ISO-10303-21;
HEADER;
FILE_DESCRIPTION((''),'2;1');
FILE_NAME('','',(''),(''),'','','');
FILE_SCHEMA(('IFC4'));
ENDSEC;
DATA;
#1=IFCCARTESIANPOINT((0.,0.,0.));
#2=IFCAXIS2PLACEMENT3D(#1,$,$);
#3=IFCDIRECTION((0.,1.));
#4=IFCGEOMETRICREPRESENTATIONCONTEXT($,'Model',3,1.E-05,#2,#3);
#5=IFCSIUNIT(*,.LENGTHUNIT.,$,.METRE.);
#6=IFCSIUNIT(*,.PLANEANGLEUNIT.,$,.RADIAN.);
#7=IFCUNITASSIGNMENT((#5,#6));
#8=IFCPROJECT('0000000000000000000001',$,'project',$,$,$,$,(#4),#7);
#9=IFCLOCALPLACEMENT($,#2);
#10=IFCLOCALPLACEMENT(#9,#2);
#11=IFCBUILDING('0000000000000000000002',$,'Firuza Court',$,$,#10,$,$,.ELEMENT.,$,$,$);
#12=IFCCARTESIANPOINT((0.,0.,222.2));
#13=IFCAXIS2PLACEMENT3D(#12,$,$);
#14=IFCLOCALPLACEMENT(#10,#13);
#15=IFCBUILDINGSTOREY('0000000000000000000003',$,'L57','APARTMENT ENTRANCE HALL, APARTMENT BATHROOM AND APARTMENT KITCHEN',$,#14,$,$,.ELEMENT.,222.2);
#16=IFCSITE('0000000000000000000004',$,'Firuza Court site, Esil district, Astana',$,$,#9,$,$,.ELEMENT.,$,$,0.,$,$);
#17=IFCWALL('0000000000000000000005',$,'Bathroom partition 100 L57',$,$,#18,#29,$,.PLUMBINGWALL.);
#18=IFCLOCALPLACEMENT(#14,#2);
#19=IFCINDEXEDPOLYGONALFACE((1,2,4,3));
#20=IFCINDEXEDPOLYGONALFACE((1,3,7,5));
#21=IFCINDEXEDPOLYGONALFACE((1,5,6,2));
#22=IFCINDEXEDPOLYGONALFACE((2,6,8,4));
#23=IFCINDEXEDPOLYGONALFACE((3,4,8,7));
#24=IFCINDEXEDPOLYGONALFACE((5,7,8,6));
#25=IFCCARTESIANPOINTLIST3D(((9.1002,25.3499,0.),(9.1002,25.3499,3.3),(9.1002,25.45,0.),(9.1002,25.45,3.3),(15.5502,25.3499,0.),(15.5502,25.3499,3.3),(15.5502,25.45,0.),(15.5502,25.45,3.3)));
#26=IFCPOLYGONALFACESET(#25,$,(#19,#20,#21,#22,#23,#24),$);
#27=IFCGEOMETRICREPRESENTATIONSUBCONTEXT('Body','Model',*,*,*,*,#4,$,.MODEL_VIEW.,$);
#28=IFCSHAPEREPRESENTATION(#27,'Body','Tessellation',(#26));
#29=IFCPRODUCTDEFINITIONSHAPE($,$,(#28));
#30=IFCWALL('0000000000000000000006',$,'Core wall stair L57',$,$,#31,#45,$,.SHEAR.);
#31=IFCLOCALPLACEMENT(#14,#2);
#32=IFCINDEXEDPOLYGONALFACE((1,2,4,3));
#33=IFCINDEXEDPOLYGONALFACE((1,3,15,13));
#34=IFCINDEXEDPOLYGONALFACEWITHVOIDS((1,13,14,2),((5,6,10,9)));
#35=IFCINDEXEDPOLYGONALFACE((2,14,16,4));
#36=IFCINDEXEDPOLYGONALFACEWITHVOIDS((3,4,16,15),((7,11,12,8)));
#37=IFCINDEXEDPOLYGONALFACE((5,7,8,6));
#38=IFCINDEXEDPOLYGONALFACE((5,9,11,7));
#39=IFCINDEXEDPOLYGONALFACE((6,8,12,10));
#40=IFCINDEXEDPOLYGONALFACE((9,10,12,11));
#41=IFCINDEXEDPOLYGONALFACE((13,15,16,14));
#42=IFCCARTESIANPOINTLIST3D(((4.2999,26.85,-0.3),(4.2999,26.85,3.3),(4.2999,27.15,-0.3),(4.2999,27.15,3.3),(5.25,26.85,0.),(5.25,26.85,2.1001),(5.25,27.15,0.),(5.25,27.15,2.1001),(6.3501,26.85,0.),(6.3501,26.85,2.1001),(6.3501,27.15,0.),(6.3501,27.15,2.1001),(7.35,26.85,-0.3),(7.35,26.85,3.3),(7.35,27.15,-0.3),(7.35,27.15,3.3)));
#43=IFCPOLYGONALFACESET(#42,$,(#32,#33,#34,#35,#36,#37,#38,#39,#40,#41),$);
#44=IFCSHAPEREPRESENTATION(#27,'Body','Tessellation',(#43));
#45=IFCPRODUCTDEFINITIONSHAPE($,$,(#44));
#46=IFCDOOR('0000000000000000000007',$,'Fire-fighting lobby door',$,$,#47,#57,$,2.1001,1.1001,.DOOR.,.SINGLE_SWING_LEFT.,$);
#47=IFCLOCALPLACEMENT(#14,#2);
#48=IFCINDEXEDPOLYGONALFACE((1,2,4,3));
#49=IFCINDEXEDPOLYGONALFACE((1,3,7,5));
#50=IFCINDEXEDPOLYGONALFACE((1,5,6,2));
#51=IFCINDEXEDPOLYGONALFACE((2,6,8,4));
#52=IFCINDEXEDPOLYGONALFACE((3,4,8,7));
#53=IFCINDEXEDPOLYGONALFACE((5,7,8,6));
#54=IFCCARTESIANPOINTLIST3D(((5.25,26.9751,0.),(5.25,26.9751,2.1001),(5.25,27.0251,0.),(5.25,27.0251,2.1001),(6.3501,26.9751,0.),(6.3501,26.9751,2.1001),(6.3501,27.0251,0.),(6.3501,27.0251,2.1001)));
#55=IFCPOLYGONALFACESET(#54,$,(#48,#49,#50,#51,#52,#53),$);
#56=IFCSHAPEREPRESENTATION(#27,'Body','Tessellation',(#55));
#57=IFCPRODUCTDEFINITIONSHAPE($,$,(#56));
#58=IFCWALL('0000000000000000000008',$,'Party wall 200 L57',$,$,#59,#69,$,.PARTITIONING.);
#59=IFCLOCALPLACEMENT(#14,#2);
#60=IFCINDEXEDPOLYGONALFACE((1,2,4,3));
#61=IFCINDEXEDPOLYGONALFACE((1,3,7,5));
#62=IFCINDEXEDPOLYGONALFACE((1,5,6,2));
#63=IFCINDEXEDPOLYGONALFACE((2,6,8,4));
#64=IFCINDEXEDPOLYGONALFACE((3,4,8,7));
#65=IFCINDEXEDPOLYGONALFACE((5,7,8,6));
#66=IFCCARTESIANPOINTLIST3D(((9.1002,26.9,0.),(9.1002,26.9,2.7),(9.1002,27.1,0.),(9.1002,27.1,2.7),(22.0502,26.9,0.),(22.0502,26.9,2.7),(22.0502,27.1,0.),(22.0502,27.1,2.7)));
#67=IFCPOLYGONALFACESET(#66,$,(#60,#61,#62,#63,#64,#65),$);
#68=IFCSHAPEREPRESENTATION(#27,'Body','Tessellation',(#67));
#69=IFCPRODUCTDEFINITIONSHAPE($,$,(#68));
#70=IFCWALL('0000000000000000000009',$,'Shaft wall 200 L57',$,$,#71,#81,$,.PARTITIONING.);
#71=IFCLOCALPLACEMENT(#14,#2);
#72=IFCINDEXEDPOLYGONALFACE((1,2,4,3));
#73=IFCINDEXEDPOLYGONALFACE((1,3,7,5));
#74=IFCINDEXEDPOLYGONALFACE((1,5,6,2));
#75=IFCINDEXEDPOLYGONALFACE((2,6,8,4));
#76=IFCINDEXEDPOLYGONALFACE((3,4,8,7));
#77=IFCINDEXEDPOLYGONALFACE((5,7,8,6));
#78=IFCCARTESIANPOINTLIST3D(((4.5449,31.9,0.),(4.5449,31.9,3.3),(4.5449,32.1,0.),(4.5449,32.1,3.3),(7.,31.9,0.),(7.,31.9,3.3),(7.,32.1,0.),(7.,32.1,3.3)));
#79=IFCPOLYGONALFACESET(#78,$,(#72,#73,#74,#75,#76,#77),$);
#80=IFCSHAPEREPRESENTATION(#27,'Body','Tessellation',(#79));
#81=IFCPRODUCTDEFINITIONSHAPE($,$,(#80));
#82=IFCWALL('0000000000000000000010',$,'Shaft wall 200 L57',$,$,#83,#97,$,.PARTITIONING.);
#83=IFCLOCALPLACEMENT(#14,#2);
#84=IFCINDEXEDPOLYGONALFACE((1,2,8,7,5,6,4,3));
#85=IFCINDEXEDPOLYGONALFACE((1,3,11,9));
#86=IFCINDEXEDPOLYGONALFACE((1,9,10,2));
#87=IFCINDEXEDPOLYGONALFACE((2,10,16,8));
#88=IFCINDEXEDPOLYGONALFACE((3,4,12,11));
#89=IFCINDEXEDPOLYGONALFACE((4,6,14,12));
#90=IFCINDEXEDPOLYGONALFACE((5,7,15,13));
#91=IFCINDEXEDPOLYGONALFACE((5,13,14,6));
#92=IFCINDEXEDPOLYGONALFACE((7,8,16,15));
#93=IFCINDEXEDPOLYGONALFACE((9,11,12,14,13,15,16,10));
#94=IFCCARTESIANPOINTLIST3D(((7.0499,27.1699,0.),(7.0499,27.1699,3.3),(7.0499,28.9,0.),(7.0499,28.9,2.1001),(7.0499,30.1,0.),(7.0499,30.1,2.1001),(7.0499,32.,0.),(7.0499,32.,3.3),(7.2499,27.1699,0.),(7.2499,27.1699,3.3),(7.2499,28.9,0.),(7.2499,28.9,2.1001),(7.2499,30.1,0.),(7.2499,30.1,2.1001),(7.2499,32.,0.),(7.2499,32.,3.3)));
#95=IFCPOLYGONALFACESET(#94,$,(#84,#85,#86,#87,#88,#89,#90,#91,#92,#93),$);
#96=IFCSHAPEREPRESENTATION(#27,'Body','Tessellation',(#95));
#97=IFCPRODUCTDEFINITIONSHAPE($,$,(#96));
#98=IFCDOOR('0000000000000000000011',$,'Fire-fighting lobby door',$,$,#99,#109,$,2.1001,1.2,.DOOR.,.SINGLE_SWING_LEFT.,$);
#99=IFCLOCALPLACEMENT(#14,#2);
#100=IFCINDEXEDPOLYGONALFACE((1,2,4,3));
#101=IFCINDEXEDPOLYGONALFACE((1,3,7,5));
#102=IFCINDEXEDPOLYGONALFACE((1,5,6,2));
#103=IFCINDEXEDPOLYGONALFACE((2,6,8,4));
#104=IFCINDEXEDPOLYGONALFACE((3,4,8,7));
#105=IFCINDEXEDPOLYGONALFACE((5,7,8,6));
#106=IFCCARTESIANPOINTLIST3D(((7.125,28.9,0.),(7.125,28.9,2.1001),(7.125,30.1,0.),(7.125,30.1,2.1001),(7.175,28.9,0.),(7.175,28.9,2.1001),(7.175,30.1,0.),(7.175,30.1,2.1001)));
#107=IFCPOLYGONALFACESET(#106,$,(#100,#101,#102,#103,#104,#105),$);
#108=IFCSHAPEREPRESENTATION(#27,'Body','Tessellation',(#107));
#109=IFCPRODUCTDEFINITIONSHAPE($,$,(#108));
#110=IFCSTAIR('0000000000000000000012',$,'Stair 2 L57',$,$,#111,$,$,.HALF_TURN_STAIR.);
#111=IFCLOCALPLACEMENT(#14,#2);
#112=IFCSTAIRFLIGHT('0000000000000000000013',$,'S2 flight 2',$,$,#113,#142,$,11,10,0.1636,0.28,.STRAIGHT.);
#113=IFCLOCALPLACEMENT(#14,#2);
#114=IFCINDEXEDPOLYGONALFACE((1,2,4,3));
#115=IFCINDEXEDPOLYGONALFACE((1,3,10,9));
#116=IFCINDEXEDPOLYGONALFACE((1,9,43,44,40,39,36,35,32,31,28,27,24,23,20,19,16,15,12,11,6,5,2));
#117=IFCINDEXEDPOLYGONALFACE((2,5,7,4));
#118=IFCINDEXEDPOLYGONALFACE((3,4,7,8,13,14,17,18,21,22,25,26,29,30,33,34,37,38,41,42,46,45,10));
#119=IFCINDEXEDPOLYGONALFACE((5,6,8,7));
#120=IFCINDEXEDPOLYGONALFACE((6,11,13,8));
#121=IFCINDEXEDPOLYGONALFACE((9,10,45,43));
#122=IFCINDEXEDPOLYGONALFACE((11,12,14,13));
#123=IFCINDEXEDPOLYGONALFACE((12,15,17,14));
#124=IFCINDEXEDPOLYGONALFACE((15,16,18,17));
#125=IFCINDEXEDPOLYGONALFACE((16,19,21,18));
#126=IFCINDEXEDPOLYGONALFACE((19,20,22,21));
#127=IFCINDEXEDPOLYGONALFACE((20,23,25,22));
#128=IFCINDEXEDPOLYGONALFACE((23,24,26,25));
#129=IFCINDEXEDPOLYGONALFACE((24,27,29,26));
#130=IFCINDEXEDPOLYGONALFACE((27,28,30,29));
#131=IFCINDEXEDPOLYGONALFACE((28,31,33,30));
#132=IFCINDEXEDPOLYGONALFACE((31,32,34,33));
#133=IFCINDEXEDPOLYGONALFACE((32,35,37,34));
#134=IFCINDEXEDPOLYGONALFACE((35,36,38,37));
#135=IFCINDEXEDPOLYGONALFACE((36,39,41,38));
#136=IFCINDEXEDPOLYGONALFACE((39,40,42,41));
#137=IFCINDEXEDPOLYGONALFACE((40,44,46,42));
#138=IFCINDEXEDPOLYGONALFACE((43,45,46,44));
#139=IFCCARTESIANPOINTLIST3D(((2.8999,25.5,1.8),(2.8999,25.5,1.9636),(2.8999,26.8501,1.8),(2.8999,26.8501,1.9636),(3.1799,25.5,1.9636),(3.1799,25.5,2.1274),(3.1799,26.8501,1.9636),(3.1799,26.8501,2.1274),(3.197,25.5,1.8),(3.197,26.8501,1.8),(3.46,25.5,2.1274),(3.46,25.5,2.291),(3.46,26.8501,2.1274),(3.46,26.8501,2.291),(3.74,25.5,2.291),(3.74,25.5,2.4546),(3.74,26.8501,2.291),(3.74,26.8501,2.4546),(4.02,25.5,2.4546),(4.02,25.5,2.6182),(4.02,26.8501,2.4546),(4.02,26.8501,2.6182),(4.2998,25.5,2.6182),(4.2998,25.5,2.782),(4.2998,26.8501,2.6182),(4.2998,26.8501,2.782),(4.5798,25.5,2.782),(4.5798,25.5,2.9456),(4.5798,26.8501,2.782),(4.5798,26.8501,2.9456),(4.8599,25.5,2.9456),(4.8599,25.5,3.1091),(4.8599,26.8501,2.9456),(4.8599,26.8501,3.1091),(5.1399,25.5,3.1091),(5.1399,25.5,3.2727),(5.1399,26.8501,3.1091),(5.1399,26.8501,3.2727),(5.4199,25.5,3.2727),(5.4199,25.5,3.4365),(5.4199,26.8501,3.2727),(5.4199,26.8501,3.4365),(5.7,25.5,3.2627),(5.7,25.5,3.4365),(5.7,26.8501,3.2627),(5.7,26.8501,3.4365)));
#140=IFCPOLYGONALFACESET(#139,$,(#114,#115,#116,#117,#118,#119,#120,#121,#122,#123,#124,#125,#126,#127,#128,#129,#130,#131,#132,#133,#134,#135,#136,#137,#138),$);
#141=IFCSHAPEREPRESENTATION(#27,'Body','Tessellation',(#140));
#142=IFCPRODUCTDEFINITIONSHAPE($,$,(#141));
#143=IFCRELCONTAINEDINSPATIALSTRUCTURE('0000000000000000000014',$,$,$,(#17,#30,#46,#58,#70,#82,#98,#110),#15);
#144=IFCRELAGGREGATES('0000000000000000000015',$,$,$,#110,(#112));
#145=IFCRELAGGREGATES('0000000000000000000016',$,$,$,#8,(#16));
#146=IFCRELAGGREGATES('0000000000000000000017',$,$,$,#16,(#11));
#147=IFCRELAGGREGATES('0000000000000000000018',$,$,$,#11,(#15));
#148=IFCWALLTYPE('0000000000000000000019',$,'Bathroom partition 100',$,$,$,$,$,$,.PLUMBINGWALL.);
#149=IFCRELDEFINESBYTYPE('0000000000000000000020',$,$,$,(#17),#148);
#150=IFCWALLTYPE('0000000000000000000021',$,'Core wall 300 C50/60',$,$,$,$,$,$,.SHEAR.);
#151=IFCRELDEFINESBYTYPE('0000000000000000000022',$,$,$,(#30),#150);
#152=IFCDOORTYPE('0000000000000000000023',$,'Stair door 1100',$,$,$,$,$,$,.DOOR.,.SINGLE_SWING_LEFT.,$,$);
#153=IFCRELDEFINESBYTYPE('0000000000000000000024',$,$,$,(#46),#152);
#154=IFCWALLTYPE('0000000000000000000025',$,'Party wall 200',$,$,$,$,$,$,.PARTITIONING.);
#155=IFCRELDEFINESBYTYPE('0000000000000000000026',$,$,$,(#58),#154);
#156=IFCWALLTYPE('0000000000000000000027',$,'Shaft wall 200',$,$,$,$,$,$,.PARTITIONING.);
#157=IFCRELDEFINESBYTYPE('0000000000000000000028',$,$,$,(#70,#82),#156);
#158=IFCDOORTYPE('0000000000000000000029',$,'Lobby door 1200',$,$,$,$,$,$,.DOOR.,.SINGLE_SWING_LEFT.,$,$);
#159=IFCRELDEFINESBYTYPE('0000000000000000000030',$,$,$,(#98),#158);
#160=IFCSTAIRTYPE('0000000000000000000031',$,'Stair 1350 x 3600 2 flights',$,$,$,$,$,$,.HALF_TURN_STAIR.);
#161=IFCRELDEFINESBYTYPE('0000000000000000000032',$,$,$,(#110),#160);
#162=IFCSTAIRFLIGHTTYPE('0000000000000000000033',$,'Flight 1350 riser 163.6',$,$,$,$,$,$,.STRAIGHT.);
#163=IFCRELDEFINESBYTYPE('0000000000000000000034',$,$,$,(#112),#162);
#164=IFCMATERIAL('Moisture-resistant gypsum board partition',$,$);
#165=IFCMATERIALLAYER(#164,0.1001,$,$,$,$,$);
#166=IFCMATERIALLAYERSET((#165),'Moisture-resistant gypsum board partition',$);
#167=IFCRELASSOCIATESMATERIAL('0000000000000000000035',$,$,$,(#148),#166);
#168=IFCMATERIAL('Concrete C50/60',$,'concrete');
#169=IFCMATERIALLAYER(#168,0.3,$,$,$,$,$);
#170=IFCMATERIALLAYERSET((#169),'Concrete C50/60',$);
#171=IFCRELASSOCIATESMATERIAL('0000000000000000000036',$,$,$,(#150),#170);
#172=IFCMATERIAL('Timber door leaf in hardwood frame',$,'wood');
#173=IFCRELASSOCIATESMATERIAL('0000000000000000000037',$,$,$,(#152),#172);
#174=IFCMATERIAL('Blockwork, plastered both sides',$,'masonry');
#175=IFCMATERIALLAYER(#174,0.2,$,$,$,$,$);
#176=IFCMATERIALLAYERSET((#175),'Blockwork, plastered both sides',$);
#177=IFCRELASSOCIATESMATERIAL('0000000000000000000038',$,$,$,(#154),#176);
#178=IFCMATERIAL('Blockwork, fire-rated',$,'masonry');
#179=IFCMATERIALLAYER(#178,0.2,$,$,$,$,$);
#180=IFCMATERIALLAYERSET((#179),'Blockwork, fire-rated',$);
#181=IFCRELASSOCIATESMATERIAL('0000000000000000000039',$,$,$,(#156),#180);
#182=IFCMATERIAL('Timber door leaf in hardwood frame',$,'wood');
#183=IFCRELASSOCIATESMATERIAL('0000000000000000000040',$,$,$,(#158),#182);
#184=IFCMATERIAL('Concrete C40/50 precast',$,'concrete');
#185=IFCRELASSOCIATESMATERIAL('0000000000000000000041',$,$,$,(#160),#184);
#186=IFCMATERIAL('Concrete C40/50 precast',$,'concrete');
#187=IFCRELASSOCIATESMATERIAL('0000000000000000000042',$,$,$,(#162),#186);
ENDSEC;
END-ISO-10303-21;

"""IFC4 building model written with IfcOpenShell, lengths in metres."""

from ifc_helpers import new_model, si_unit, direction, frame, frame_2d, origin, place, context, subcontext, project, spatial, polyline, rectangle, outline, extrude, material, layer, layer_set, type_object, element, fill, aggregate, save


model = new_model("IFC4")

# Units and contexts
model_context = context("Model", 3, precision=1e-05, world=origin(), true_north=direction((0.0, 1.0)))
body_context = subcontext(model_context, "Body", "Model", "MODEL_VIEW")
ifc_project = project(units=[si_unit("LENGTHUNIT", "METRE"), si_unit("PLANEANGLEUNIT", "RADIAN")], contexts=[model_context])

# Site, building, storey
site_placement = place(None, origin())
site = spatial("IfcSite", under=ifc_project, at=site_placement, Name="Firuza Court site, Esil district, Astana", CompositionType="ELEMENT", RefElevation=0.0)
building_placement = place(site_placement, origin())
building = spatial("IfcBuilding", under=site, at=building_placement, Name="Firuza Court", CompositionType="ELEMENT")
storey_placement = place(building_placement, frame((0.0, 0.0, 222.2)))
storey = spatial("IfcBuildingStorey", under=building, at=storey_placement, Name="L57", Description="APARTMENT ENTRANCE HALL, APARTMENT BATHROOM AND APARTMENT KITCHEN", CompositionType="ELEMENT", Elevation=222.2)

# Wall
ifc_material_1 = material(Name="Moisture-resistant gypsum board partition")
ifc_layer_1 = layer(ifc_material_1, 0.1001)
ifc_layer_set_1 = layer_set([ifc_layer_1], Name="Moisture-resistant gypsum board partition")
wall_type_1 = type_object("IfcWallType", Name="Bathroom partition 100", PredefinedType="PLUMBINGWALL", material=ifc_layer_set_1)
wall_1_placement = place(storey_placement, frame((9.1001, 25.3999, 0.0), z_axis=(0.0, 0.0, 1.0), x_axis=(1.0, 0.0, 0.0)))
element("IfcWall", 1, at=wall_1_placement, inside=storey, type_object=wall_type_1, Name="Bathroom partition 100 L57", PredefinedType="PLUMBINGWALL", context=body_context, shape_type="SweptSolid", body=[
    extrude(rectangle(XDim=6.45, YDim=0.1001, at=frame_2d((3.2251, 0.0))), origin(), (0.0, 0.0, 1.0), 3.3),
])

# Wall, opening, door
ifc_material_2 = material(Name="Concrete C50/60", Category="concrete")
ifc_layer_2 = layer(ifc_material_2, 0.3)
ifc_layer_set_2 = layer_set([ifc_layer_2], Name="Concrete C50/60")
wall_type_2 = type_object("IfcWallType", Name="Core wall 300 C50/60", PredefinedType="SHEAR", material=ifc_layer_set_2)
wall_2_placement = place(storey_placement, frame((4.3, 27.0, -0.3), z_axis=(0.0, 0.0, 1.0), x_axis=(1.0, 0.0, 0.0)))
wall_2 = element("IfcWall", 2, at=wall_2_placement, inside=storey, type_object=wall_type_2, Name="Core wall stair L57", PredefinedType="SHEAR", context=body_context, shape_type="SweptSolid", body=[
    extrude(rectangle(XDim=3.05, YDim=0.3, at=frame_2d((1.5249, 0.0))), origin(), (0.0, 0.0, 1.0), 3.6001),
])
opening_1_placement = place(wall_2_placement, frame((0.95, 0.0, 0.3)))
opening_1 = element("IfcOpeningElement", 3, at=opening_1_placement, cuts=wall_2, PredefinedType="OPENING", context=body_context, shape_type="SweptSolid", body=[
    extrude(rectangle(XDim=1.1001, YDim=2.1001, at=frame_2d((0.55, 1.05))), frame((0.0, 0.1621, 0.0), z_axis=(0.0, -1.0, 0.0), x_axis=(1.0, 0.0, 0.0)), (0.0, 0.0, 1.0), 0.324),
])
ifc_material_3 = material(Name="Timber door leaf in hardwood frame", Category="wood")
door_type_1 = type_object("IfcDoorType", Name="Stair door 1100", OperationType="SINGLE_SWING_LEFT", PredefinedType="DOOR", material=ifc_material_3)
door_1_placement = place(opening_1_placement, frame((1.1001, 0.0, 0.0), z_axis=(0.0, 0.0, 1.0), x_axis=(-1.0, 0.0, 0.0)))
door_1 = element("IfcDoor", 4, at=door_1_placement, inside=storey, type_object=door_type_1, Name="Fire-fighting lobby door", OperationType="SINGLE_SWING_LEFT", OverallHeight=2.1001, OverallWidth=1.1001, PredefinedType="DOOR", context=body_context, shape_type="SweptSolid", body=[
    extrude(rectangle(XDim=1.1001, YDim=2.1001, at=frame_2d((0.55, 1.05))), frame((0.0, 0.0249, 0.0), z_axis=(0.0, -1.0, 0.0), x_axis=(1.0, 0.0, 0.0)), (0.0, 0.0, 1.0), 0.05),
])
fill(opening_1, door_1)

# Walls
ifc_material_4 = material(Name="Blockwork, plastered both sides", Category="masonry")
ifc_layer_3 = layer(ifc_material_4, 0.2)
ifc_layer_set_3 = layer_set([ifc_layer_3], Name="Blockwork, plastered both sides")
wall_type_3 = type_object("IfcWallType", Name="Party wall 200", PredefinedType="PARTITIONING", material=ifc_layer_set_3)
wall_3_placement = place(storey_placement, frame((9.1001, 27.0, 0.0), z_axis=(0.0, 0.0, 1.0), x_axis=(1.0, 0.0, 0.0)))
element("IfcWall", 5, at=wall_3_placement, inside=storey, type_object=wall_type_3, Name="Party wall 200 L57", PredefinedType="PARTITIONING", context=body_context, shape_type="SweptSolid", body=[
    extrude(rectangle(XDim=12.95, YDim=0.2, at=frame_2d((6.4751, 0.0))), origin(), (0.0, 0.0, 1.0), 2.7),
])
ifc_material_5 = material(Name="Blockwork, fire-rated", Category="masonry")
ifc_layer_4 = layer(ifc_material_5, 0.2)
ifc_layer_set_4 = layer_set([ifc_layer_4], Name="Blockwork, fire-rated")
wall_type_4 = type_object("IfcWallType", Name="Shaft wall 200", PredefinedType="PARTITIONING", material=ifc_layer_set_4)
wall_4_placement = place(storey_placement, frame((4.5449, 32.0, 0.0), z_axis=(0.0, 0.0, 1.0), x_axis=(1.0, 0.0, 0.0)))
element("IfcWall", 6, at=wall_4_placement, inside=storey, type_object=wall_type_4, Name="Shaft wall 200 L57", PredefinedType="PARTITIONING", context=body_context, shape_type="SweptSolid", body=[
    extrude(rectangle(XDim=2.4551, YDim=0.2, at=frame_2d((1.2275, 0.0))), origin(), (0.0, 0.0, 1.0), 3.3),
])

# Wall, opening, door
wall_5_placement = place(storey_placement, frame((7.1499, 27.1699, 0.0), z_axis=(0.0, 0.0, 1.0), x_axis=(0.0, 1.0, 0.0)))
wall_5 = element("IfcWall", 7, at=wall_5_placement, inside=storey, type_object=wall_type_4, Name="Shaft wall 200 L57", PredefinedType="PARTITIONING", context=body_context, shape_type="SweptSolid", body=[
    extrude(rectangle(XDim=4.8301, YDim=0.2, at=frame_2d((2.415, 0.0))), origin(), (0.0, 0.0, 1.0), 3.3),
])
opening_2_placement = place(wall_5_placement, frame((1.73, 0.0, 0.0)))
opening_2 = element("IfcOpeningElement", 8, at=opening_2_placement, cuts=wall_5, PredefinedType="OPENING", context=body_context, shape_type="SweptSolid", body=[
    extrude(rectangle(XDim=1.2, YDim=2.1001, at=frame_2d((0.6001, 1.05))), frame((0.0, 0.1118, 0.0), z_axis=(0.0, -1.0, 0.0), x_axis=(1.0, 0.0, 0.0)), (0.0, 0.0, 1.0), 0.2239),
])
ifc_material_6 = material(Name="Timber door leaf in hardwood frame", Category="wood")
door_type_2 = type_object("IfcDoorType", Name="Lobby door 1200", OperationType="SINGLE_SWING_LEFT", PredefinedType="DOOR", material=ifc_material_6)
door_2_placement = place(opening_2_placement, origin())
door_2 = element("IfcDoor", 9, at=door_2_placement, inside=storey, type_object=door_type_2, Name="Fire-fighting lobby door", OperationType="SINGLE_SWING_LEFT", OverallHeight=2.1001, OverallWidth=1.2, PredefinedType="DOOR", context=body_context, shape_type="SweptSolid", body=[
    extrude(rectangle(XDim=1.2, YDim=2.1001, at=frame_2d((0.6001, 1.05))), frame((0.0, 0.0249, 0.0), z_axis=(0.0, -1.0, 0.0), x_axis=(1.0, 0.0, 0.0)), (0.0, 0.0, 1.0), 0.05),
])
fill(opening_2, door_2)

# Stair, stair flight
ifc_material_7 = material(Name="Concrete C40/50 precast", Category="concrete")
stair_type = type_object("IfcStairType", Name="Stair 1350 x 3600 2 flights", PredefinedType="HALF_TURN_STAIR", material=ifc_material_7)
stair_placement = place(storey_placement, origin())
stair = element("IfcStair", 10, at=stair_placement, inside=storey, type_object=stair_type, Name="Stair 2 L57", PredefinedType="HALF_TURN_STAIR")
ifc_material_8 = material(Name="Concrete C40/50 precast", Category="concrete")
stair_flight_type = type_object("IfcStairFlightType", Name="Flight 1350 riser 163.6", PredefinedType="STRAIGHT", material=ifc_material_8)
stair_flight_placement = place(storey_placement, frame((2.8999, 26.175, 1.8), z_axis=(0.0, 0.0, 1.0), x_axis=(1.0, 0.0, 0.0)))
stair_flight = element("IfcStairFlight", 11, at=stair_flight_placement, type_object=stair_flight_type, Name="S2 flight 2", NumberOfRisers=11, NumberOfTreads=10, PredefinedType="STRAIGHT", RiserHeight=0.1636, TreadLength=0.28, context=body_context, shape_type="SweptSolid", body=[
    extrude(outline(polyline([(0.0, 0.0), (0.0, 0.1636), (0.28, 0.1636), (0.28, 0.3274), (0.5601, 0.3274), (0.5601, 0.491), (0.8401, 0.491), (0.8401, 0.6545), (1.1201, 0.6545), (1.1201, 0.8181), (1.3999, 0.8181), (1.3999, 0.9819), (1.6799, 0.9819), (1.6799, 1.1455), (1.96, 1.1455), (1.96, 1.3091), (2.24, 1.3091), (2.24, 1.4727), (2.52, 1.4727), (2.52, 1.6365), (2.8, 1.6365), (2.8, 1.8), (2.8, 1.4626), (0.2971, 0.0), (0.0, 0.0)])), frame((0.0, 0.675, 0.0), z_axis=(0.0, -1.0, 0.0), x_axis=(1.0, 0.0, 0.0)), (0.0, 0.0, 1.0), 1.3501),
])
aggregate(stair, [stair_flight])

save(model, "model.ifc")
